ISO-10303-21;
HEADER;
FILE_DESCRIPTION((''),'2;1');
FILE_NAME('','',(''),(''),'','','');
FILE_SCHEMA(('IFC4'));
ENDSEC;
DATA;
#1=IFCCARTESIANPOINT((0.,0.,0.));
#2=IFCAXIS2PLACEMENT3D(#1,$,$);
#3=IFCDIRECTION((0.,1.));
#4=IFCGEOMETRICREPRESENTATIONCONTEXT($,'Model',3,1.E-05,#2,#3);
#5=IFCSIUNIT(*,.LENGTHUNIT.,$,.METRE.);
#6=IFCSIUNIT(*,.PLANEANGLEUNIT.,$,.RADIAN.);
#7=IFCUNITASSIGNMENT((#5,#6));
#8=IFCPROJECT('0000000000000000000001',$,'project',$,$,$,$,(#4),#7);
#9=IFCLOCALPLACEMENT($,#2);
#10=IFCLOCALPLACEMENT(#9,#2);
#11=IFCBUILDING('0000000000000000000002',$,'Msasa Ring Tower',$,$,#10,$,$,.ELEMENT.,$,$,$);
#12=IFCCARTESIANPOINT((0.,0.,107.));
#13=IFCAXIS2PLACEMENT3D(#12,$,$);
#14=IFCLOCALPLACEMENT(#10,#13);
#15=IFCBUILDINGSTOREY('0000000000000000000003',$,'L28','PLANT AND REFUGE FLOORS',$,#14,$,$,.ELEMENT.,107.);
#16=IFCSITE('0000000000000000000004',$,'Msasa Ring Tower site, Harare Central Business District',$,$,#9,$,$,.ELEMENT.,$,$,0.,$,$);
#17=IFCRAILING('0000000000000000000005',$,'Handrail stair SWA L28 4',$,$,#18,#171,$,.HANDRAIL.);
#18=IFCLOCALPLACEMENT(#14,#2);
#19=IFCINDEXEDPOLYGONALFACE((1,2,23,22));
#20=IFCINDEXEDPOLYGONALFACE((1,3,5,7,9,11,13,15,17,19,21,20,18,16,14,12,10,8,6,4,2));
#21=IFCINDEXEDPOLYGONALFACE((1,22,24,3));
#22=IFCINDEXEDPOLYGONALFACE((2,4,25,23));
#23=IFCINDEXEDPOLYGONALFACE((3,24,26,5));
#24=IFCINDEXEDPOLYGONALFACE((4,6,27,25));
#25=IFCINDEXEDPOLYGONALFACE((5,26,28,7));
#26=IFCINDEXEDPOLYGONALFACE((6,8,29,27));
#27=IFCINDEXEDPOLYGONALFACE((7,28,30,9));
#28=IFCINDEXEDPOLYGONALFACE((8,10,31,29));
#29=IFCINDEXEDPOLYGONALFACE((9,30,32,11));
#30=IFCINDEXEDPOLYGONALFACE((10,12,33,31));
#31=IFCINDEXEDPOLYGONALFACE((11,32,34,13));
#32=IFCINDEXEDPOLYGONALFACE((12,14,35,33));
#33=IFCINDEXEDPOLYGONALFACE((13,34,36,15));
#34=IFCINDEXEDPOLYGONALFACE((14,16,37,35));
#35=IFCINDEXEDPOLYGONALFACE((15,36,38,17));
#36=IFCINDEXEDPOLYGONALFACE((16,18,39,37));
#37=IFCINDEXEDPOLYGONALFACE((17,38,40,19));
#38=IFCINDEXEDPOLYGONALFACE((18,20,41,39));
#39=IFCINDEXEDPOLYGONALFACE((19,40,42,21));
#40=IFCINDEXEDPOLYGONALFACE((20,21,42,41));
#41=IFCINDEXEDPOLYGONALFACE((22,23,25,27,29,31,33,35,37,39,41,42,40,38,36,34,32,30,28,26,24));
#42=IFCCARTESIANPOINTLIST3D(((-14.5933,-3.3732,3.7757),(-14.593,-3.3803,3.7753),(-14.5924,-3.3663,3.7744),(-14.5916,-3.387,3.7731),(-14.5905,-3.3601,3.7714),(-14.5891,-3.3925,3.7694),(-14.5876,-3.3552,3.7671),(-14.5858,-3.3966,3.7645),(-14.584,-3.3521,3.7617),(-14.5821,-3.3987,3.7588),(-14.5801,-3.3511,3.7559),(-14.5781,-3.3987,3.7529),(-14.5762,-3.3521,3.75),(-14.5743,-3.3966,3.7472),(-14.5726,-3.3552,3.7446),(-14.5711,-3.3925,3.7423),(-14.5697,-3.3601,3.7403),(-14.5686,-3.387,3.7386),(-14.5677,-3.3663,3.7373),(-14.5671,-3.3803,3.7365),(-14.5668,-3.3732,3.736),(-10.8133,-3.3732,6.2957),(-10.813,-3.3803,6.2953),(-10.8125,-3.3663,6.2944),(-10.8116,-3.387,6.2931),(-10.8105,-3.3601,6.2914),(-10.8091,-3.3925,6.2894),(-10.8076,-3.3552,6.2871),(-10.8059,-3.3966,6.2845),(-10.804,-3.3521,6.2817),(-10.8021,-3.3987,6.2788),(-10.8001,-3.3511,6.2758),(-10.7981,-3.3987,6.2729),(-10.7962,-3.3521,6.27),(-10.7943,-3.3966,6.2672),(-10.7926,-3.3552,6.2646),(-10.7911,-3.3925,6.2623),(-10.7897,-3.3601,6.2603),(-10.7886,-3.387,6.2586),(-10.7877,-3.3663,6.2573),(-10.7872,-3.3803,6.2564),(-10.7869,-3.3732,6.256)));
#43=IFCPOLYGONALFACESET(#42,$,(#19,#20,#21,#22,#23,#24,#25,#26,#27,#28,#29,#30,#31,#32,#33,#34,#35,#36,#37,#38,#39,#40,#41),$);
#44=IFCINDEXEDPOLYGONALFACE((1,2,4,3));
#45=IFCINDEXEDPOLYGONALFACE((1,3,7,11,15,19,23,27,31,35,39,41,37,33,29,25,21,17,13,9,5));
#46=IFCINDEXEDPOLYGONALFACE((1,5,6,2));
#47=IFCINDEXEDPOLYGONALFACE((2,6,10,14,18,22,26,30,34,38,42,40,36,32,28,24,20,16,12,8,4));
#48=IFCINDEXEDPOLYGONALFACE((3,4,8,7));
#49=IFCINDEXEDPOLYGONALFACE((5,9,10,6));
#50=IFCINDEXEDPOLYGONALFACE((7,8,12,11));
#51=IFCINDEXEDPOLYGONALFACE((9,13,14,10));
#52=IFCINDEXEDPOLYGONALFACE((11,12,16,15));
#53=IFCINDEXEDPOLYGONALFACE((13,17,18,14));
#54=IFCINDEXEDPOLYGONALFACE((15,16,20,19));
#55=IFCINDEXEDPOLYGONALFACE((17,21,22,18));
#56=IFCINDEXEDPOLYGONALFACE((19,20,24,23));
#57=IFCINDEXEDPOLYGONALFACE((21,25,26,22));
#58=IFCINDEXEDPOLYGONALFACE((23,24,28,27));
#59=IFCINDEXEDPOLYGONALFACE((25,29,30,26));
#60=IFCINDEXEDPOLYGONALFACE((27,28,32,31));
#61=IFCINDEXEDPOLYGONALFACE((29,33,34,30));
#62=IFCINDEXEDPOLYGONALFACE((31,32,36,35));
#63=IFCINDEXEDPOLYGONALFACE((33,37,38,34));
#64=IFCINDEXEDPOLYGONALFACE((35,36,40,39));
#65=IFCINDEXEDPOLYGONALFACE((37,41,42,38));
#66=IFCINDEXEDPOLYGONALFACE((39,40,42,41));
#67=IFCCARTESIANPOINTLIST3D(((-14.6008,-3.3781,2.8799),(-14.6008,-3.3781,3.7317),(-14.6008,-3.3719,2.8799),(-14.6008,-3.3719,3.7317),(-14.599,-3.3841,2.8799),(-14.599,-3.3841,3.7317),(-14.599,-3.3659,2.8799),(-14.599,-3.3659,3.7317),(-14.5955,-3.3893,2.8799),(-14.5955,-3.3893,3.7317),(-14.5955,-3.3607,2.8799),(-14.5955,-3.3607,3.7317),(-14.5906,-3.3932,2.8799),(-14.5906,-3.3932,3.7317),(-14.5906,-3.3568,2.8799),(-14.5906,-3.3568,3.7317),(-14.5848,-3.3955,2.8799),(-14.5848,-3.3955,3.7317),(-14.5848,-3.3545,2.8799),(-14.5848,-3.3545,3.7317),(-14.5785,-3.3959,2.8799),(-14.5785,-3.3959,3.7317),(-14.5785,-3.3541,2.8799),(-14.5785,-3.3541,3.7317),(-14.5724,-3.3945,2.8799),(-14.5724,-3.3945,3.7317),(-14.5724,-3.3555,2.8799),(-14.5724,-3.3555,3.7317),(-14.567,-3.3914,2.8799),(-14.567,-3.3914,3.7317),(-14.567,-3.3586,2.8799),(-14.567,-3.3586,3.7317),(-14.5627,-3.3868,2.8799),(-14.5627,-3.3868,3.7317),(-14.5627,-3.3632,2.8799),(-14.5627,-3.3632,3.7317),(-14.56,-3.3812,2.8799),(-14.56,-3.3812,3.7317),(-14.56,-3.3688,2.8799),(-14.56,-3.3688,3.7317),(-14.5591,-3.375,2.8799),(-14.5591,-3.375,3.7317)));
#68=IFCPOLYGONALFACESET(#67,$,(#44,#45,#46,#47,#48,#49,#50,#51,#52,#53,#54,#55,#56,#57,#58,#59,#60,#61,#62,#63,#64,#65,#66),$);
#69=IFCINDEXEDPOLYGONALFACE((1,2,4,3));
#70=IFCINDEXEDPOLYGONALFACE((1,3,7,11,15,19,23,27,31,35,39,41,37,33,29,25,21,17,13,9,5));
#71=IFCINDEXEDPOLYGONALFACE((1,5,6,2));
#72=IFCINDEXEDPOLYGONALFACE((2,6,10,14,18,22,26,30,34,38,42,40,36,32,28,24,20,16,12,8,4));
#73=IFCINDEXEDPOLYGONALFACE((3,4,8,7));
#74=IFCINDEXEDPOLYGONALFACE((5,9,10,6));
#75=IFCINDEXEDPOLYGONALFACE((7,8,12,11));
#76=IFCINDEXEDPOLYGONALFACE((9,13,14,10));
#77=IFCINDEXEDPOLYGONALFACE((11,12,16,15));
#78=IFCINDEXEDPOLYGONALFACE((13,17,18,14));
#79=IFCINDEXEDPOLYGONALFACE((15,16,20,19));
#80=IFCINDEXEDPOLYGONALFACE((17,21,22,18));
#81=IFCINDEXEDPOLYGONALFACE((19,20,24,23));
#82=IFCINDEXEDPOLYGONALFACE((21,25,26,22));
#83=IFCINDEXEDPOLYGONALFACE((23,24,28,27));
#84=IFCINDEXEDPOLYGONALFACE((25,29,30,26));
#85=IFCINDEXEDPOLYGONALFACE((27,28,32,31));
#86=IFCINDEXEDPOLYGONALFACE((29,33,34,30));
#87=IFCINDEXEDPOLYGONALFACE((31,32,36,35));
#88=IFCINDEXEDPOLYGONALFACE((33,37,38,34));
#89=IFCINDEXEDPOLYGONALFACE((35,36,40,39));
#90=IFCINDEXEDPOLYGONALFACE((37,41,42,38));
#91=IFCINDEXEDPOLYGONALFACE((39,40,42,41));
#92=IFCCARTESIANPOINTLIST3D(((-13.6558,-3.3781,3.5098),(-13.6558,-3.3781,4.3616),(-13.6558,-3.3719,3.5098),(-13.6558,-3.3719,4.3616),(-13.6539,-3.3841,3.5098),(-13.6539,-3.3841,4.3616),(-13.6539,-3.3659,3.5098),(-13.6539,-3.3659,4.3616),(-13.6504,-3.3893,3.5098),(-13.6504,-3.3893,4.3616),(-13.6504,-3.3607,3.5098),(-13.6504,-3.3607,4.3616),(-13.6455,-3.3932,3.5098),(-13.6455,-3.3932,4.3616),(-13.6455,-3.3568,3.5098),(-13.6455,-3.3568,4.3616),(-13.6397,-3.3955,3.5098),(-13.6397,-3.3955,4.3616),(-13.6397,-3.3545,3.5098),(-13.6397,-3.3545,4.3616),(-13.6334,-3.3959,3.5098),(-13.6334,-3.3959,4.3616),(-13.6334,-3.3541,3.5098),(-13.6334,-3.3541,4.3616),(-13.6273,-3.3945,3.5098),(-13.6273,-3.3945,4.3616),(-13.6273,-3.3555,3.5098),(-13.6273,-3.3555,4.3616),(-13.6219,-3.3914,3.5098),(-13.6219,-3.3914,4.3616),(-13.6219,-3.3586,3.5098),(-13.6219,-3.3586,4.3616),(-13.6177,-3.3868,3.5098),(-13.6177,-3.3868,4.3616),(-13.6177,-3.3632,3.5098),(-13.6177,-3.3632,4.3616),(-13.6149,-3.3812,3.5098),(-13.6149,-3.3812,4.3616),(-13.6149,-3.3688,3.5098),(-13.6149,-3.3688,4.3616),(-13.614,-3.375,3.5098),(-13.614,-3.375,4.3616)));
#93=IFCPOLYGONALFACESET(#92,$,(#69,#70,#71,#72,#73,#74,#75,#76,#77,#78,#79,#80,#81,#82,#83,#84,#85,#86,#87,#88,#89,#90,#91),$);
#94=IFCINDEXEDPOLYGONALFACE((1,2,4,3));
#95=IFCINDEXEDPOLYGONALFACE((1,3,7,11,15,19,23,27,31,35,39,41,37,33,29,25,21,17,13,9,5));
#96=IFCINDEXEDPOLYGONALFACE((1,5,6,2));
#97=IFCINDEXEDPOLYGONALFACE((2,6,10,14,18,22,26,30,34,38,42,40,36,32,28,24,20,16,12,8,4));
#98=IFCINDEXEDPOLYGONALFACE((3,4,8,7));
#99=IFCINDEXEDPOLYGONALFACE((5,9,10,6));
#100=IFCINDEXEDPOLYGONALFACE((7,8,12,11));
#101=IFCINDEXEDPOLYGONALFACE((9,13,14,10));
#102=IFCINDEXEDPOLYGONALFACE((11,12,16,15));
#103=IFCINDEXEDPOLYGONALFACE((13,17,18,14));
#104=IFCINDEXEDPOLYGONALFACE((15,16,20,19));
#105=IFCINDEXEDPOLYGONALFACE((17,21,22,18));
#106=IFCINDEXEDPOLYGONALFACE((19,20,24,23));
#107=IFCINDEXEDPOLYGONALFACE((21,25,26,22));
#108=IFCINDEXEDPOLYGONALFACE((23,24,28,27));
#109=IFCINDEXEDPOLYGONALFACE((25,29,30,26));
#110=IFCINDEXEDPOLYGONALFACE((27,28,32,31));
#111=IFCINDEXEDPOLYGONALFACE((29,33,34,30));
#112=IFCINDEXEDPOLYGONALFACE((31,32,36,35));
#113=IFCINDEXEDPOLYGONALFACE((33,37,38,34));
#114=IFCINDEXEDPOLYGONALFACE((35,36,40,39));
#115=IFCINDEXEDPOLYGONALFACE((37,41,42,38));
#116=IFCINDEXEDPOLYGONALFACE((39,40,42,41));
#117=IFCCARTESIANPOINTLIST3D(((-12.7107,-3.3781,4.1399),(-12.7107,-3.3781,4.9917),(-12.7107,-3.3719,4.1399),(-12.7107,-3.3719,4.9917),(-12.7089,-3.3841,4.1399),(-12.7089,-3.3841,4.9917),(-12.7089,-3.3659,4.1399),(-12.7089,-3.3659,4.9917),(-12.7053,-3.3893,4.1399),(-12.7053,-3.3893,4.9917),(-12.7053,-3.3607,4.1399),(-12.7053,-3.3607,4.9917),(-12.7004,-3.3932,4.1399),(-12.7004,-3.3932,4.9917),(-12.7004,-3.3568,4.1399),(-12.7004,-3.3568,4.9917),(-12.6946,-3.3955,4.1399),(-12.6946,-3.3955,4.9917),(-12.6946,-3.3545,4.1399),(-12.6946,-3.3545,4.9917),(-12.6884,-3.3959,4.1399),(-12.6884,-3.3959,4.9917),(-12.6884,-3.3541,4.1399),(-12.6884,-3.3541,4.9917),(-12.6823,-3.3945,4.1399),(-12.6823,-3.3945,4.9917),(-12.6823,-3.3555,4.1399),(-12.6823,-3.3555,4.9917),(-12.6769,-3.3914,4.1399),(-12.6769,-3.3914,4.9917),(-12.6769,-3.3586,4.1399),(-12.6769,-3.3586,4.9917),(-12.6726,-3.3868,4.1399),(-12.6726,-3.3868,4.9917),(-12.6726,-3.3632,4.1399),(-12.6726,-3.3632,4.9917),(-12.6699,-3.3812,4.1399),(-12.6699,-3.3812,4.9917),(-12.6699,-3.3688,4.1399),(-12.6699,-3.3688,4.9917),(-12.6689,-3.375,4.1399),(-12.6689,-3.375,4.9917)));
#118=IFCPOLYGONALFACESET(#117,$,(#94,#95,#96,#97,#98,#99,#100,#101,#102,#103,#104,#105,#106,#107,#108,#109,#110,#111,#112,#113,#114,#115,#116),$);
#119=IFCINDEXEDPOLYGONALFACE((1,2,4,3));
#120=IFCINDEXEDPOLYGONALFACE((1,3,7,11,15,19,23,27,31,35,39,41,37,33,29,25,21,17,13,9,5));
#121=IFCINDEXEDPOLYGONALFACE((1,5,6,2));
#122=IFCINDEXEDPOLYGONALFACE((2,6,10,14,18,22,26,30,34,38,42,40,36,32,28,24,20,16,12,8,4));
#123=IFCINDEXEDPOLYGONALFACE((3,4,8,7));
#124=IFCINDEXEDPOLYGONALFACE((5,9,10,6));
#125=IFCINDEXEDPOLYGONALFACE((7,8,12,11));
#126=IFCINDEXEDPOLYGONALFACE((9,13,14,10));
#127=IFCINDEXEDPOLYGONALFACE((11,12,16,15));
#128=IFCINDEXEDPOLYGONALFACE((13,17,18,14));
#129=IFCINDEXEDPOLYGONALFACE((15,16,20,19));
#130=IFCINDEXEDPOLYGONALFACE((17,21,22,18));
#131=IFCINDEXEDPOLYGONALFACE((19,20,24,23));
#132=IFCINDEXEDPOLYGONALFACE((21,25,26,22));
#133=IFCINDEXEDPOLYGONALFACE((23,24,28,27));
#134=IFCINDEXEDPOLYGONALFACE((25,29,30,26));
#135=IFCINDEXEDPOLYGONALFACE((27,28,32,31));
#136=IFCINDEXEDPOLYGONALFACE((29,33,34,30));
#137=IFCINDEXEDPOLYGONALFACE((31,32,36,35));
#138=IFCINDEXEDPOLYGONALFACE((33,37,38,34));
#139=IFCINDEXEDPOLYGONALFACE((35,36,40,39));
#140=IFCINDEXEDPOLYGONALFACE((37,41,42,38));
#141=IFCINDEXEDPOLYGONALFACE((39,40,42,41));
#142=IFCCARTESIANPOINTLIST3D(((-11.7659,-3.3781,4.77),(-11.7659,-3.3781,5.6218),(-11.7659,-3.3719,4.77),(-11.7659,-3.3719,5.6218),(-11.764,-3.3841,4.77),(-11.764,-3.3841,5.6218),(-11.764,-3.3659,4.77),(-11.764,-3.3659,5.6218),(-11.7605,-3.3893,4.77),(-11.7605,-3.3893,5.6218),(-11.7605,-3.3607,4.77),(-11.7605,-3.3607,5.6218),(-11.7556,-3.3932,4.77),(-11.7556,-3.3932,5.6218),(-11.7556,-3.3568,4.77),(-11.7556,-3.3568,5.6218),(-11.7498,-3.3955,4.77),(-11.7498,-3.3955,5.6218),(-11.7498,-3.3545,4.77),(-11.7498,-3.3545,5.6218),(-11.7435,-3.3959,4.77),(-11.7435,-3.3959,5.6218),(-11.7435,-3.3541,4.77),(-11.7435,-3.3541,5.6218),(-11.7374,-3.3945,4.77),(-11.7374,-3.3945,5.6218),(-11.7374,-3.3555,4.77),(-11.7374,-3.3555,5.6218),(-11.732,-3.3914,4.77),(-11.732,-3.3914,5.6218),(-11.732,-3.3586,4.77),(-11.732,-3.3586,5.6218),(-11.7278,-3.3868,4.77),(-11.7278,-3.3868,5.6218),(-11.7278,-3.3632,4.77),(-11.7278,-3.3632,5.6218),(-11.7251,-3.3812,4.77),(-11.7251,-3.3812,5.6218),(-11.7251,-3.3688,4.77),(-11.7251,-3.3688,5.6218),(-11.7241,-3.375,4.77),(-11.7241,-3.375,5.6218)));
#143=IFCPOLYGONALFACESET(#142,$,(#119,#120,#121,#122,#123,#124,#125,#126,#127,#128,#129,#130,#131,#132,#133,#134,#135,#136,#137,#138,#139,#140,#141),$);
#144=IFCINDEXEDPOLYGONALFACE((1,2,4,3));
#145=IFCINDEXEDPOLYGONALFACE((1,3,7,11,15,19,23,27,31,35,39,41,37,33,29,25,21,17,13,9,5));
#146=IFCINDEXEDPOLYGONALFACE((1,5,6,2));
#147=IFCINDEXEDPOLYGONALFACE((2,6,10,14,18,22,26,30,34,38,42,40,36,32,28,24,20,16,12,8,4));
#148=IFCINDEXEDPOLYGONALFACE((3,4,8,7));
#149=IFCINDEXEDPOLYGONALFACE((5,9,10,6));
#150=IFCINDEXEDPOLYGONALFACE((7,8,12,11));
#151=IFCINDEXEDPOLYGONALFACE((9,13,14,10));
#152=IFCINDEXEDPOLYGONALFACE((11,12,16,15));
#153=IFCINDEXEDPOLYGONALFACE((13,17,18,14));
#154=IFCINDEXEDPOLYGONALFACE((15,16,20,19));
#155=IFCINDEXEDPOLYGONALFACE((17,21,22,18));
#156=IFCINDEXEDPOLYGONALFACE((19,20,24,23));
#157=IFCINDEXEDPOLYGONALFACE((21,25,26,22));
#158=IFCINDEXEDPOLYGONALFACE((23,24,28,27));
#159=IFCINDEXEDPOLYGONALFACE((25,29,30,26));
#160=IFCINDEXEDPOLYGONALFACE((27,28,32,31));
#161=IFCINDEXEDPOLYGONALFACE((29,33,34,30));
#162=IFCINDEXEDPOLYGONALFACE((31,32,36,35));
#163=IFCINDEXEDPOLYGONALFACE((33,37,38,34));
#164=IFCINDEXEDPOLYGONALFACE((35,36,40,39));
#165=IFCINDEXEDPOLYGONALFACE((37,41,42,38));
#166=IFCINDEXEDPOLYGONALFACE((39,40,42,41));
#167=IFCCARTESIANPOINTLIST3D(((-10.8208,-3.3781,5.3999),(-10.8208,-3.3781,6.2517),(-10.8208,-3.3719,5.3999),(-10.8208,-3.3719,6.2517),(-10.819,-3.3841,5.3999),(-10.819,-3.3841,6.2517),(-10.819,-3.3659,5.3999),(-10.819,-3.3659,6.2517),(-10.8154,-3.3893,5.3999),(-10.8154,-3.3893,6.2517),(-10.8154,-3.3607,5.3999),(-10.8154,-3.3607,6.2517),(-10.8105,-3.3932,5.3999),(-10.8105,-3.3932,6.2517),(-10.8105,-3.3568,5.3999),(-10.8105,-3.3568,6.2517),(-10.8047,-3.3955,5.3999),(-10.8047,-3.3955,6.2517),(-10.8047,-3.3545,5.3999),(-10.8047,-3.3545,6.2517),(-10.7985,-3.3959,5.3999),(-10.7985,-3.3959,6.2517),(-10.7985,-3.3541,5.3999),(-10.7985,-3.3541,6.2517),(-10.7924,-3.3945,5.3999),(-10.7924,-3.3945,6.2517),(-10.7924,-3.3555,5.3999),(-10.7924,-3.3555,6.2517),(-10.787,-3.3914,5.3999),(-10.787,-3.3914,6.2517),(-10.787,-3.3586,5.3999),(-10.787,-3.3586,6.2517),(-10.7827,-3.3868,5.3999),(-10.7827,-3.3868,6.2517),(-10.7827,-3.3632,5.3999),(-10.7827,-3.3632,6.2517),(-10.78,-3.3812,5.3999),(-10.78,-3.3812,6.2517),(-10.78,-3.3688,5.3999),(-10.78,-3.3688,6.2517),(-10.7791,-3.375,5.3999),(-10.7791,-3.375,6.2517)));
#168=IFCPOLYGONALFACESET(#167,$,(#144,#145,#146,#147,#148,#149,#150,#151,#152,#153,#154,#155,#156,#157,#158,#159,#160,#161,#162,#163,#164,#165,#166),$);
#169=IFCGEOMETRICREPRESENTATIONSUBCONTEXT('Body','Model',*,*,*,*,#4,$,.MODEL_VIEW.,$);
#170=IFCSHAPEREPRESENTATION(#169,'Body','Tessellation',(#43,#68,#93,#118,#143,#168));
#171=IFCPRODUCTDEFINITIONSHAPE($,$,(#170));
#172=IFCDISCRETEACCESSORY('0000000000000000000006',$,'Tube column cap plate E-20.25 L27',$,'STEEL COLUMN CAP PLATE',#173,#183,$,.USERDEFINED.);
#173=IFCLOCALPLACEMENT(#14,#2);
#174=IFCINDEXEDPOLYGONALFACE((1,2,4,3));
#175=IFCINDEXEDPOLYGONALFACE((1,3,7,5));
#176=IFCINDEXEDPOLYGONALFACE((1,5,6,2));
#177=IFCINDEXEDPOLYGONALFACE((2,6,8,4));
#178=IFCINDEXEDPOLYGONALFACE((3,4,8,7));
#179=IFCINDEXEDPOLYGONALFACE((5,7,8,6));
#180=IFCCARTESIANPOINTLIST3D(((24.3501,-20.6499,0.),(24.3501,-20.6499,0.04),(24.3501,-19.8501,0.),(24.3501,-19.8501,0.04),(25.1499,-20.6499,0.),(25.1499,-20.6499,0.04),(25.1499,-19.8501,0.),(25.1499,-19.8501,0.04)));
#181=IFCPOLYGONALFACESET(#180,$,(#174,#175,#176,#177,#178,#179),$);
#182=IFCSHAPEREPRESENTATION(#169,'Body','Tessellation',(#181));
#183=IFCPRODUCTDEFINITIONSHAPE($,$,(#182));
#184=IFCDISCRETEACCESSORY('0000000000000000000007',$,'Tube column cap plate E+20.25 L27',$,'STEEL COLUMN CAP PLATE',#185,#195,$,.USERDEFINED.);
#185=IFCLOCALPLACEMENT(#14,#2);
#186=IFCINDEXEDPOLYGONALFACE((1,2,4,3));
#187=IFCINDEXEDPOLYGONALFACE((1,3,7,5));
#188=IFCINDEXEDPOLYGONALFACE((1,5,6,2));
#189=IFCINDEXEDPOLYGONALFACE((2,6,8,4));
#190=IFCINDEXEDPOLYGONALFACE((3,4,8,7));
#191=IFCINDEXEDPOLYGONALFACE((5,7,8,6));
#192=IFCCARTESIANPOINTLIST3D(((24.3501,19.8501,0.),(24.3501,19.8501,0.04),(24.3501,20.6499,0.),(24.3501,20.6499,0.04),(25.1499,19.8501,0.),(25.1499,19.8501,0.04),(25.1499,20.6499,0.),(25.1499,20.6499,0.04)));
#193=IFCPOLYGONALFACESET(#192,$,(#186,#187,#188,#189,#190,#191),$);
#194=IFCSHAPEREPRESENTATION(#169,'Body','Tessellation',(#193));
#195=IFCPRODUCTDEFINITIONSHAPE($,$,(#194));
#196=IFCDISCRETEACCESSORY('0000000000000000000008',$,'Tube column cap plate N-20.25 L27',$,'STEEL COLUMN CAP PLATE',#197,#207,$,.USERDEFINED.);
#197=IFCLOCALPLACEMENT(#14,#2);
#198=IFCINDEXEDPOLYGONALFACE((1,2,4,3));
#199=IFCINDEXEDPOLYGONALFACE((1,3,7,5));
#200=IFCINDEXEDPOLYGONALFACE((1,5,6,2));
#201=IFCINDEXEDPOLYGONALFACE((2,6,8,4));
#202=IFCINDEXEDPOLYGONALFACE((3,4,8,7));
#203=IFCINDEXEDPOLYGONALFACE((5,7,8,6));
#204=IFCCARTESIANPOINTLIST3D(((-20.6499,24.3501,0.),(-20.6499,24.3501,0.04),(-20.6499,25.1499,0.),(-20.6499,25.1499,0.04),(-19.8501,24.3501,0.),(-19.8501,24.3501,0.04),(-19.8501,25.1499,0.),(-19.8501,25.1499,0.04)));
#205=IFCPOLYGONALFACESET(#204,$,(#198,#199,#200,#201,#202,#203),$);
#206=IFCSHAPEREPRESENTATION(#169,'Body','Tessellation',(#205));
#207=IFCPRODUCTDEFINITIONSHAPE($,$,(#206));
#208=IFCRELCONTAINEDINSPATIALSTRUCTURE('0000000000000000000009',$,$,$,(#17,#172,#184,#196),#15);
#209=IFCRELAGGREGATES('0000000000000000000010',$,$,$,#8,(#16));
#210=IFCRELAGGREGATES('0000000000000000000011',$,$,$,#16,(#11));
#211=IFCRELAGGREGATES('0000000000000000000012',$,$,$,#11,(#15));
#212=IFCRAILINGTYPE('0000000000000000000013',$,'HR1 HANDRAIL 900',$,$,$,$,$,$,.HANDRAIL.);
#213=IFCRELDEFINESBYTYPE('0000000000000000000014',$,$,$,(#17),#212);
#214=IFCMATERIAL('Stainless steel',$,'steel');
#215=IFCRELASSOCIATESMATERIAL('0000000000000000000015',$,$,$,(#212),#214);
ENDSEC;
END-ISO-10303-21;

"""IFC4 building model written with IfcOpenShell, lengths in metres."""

from ifc_helpers import new_model, si_unit, direction, frame, origin, origin_2d, place, context, subcontext, project, spatial, polyline, circle, outline, extrude, material, type_object, element, save


model = new_model("IFC4")

# Units and contexts
model_context = context("Model", 3, precision=1e-05, world=origin(), true_north=direction((0.0, 1.0)))
body_context = subcontext(model_context, "Body", "Model", "MODEL_VIEW")
ifc_project = project(units=[si_unit("LENGTHUNIT", "METRE"), si_unit("PLANEANGLEUNIT", "RADIAN")], contexts=[model_context])

# Site, building, storey
site_placement = place(None, origin())
site = spatial("IfcSite", under=ifc_project, at=site_placement, Name="Msasa Ring Tower site, Harare Central Business District", CompositionType="ELEMENT", RefElevation=0.0)
building_placement = place(site_placement, origin())
building = spatial("IfcBuilding", under=site, at=building_placement, Name="Msasa Ring Tower", CompositionType="ELEMENT")
storey_placement = place(building_placement, frame((0.0, 0.0, 107.0)))
storey = spatial("IfcBuildingStorey", under=building, at=storey_placement, Name="L28", Description="PLANT AND REFUGE FLOORS", CompositionType="ELEMENT", Elevation=107.0)

# Railing
ifc_material_1 = material(Name="Stainless steel", Category="steel")
railing_type_1 = type_object("IfcRailingType", Name="HR1 HANDRAIL 900", PredefinedType="HANDRAIL", material=ifc_material_1)
railing_1_placement = place(storey_placement, frame((-14.5801, -3.375, 2.8799)))
element("IfcRailing", 1, at=railing_1_placement, inside=storey, type_object=railing_type_1, Name="Handrail stair SWA L28 4", PredefinedType="HANDRAIL", context=body_context, shape_type="SweptSolid", body=[
    extrude(circle(Radius=0.0239, at=origin_2d()), frame((0.0, 0.0, 0.876), z_axis=(0.83205, 0.0, 0.5547), x_axis=(0.0, 1.0, 0.0)), (0.0, 0.0, 1.0), 4.543),
    extrude(circle(Radius=0.021, at=origin_2d()), origin(), (0.0, 0.0, 1.0), 0.8518),
    extrude(circle(Radius=0.021, at=origin_2d()), frame((0.9451, 0.0, 0.6299)), (0.0, 0.0, 1.0), 0.8518),
    extrude(circle(Radius=0.021, at=origin_2d()), frame((1.8901, 0.0, 1.26)), (0.0, 0.0, 1.0), 0.8518),
    extrude(circle(Radius=0.021, at=origin_2d()), frame((2.835, 0.0, 1.8901)), (0.0, 0.0, 1.0), 0.8518),
    extrude(circle(Radius=0.021, at=origin_2d()), frame((3.78, 0.0, 2.52)), (0.0, 0.0, 1.0), 0.8518),
])

# Discrete accessories
discrete_accessory_1_placement = place(storey_placement, origin())
element("IfcDiscreteAccessory", 2, at=discrete_accessory_1_placement, inside=storey, Name="Tube column cap plate E-20.25 L27", ObjectType="STEEL COLUMN CAP PLATE", PredefinedType="USERDEFINED", context=body_context, shape_type="SweptSolid", body=[
    extrude(outline(polyline([(24.3501, -20.6499), (25.1499, -20.6499), (25.1499, -19.8501), (24.3501, -19.8501), (24.3501, -20.6499)])), origin(), (0.0, 0.0, 1.0), 0.04),
])
discrete_accessory_2_placement = place(storey_placement, origin())
element("IfcDiscreteAccessory", 3, at=discrete_accessory_2_placement, inside=storey, Name="Tube column cap plate E+20.25 L27", ObjectType="STEEL COLUMN CAP PLATE", PredefinedType="USERDEFINED", context=body_context, shape_type="SweptSolid", body=[
    extrude(outline(polyline([(24.3501, 19.8501), (25.1499, 19.8501), (25.1499, 20.6499), (24.3501, 20.6499), (24.3501, 19.8501)])), origin(), (0.0, 0.0, 1.0), 0.04),
])
discrete_accessory_3_placement = place(storey_placement, origin())
element("IfcDiscreteAccessory", 4, at=discrete_accessory_3_placement, inside=storey, Name="Tube column cap plate N-20.25 L27", ObjectType="STEEL COLUMN CAP PLATE", PredefinedType="USERDEFINED", context=body_context, shape_type="SweptSolid", body=[
    extrude(outline(polyline([(-20.6499, 24.3501), (-19.8501, 24.3501), (-19.8501, 25.1499), (-20.6499, 25.1499), (-20.6499, 24.3501)])), origin(), (0.0, 0.0, 1.0), 0.04),
])

save(model, "model.ifc")
